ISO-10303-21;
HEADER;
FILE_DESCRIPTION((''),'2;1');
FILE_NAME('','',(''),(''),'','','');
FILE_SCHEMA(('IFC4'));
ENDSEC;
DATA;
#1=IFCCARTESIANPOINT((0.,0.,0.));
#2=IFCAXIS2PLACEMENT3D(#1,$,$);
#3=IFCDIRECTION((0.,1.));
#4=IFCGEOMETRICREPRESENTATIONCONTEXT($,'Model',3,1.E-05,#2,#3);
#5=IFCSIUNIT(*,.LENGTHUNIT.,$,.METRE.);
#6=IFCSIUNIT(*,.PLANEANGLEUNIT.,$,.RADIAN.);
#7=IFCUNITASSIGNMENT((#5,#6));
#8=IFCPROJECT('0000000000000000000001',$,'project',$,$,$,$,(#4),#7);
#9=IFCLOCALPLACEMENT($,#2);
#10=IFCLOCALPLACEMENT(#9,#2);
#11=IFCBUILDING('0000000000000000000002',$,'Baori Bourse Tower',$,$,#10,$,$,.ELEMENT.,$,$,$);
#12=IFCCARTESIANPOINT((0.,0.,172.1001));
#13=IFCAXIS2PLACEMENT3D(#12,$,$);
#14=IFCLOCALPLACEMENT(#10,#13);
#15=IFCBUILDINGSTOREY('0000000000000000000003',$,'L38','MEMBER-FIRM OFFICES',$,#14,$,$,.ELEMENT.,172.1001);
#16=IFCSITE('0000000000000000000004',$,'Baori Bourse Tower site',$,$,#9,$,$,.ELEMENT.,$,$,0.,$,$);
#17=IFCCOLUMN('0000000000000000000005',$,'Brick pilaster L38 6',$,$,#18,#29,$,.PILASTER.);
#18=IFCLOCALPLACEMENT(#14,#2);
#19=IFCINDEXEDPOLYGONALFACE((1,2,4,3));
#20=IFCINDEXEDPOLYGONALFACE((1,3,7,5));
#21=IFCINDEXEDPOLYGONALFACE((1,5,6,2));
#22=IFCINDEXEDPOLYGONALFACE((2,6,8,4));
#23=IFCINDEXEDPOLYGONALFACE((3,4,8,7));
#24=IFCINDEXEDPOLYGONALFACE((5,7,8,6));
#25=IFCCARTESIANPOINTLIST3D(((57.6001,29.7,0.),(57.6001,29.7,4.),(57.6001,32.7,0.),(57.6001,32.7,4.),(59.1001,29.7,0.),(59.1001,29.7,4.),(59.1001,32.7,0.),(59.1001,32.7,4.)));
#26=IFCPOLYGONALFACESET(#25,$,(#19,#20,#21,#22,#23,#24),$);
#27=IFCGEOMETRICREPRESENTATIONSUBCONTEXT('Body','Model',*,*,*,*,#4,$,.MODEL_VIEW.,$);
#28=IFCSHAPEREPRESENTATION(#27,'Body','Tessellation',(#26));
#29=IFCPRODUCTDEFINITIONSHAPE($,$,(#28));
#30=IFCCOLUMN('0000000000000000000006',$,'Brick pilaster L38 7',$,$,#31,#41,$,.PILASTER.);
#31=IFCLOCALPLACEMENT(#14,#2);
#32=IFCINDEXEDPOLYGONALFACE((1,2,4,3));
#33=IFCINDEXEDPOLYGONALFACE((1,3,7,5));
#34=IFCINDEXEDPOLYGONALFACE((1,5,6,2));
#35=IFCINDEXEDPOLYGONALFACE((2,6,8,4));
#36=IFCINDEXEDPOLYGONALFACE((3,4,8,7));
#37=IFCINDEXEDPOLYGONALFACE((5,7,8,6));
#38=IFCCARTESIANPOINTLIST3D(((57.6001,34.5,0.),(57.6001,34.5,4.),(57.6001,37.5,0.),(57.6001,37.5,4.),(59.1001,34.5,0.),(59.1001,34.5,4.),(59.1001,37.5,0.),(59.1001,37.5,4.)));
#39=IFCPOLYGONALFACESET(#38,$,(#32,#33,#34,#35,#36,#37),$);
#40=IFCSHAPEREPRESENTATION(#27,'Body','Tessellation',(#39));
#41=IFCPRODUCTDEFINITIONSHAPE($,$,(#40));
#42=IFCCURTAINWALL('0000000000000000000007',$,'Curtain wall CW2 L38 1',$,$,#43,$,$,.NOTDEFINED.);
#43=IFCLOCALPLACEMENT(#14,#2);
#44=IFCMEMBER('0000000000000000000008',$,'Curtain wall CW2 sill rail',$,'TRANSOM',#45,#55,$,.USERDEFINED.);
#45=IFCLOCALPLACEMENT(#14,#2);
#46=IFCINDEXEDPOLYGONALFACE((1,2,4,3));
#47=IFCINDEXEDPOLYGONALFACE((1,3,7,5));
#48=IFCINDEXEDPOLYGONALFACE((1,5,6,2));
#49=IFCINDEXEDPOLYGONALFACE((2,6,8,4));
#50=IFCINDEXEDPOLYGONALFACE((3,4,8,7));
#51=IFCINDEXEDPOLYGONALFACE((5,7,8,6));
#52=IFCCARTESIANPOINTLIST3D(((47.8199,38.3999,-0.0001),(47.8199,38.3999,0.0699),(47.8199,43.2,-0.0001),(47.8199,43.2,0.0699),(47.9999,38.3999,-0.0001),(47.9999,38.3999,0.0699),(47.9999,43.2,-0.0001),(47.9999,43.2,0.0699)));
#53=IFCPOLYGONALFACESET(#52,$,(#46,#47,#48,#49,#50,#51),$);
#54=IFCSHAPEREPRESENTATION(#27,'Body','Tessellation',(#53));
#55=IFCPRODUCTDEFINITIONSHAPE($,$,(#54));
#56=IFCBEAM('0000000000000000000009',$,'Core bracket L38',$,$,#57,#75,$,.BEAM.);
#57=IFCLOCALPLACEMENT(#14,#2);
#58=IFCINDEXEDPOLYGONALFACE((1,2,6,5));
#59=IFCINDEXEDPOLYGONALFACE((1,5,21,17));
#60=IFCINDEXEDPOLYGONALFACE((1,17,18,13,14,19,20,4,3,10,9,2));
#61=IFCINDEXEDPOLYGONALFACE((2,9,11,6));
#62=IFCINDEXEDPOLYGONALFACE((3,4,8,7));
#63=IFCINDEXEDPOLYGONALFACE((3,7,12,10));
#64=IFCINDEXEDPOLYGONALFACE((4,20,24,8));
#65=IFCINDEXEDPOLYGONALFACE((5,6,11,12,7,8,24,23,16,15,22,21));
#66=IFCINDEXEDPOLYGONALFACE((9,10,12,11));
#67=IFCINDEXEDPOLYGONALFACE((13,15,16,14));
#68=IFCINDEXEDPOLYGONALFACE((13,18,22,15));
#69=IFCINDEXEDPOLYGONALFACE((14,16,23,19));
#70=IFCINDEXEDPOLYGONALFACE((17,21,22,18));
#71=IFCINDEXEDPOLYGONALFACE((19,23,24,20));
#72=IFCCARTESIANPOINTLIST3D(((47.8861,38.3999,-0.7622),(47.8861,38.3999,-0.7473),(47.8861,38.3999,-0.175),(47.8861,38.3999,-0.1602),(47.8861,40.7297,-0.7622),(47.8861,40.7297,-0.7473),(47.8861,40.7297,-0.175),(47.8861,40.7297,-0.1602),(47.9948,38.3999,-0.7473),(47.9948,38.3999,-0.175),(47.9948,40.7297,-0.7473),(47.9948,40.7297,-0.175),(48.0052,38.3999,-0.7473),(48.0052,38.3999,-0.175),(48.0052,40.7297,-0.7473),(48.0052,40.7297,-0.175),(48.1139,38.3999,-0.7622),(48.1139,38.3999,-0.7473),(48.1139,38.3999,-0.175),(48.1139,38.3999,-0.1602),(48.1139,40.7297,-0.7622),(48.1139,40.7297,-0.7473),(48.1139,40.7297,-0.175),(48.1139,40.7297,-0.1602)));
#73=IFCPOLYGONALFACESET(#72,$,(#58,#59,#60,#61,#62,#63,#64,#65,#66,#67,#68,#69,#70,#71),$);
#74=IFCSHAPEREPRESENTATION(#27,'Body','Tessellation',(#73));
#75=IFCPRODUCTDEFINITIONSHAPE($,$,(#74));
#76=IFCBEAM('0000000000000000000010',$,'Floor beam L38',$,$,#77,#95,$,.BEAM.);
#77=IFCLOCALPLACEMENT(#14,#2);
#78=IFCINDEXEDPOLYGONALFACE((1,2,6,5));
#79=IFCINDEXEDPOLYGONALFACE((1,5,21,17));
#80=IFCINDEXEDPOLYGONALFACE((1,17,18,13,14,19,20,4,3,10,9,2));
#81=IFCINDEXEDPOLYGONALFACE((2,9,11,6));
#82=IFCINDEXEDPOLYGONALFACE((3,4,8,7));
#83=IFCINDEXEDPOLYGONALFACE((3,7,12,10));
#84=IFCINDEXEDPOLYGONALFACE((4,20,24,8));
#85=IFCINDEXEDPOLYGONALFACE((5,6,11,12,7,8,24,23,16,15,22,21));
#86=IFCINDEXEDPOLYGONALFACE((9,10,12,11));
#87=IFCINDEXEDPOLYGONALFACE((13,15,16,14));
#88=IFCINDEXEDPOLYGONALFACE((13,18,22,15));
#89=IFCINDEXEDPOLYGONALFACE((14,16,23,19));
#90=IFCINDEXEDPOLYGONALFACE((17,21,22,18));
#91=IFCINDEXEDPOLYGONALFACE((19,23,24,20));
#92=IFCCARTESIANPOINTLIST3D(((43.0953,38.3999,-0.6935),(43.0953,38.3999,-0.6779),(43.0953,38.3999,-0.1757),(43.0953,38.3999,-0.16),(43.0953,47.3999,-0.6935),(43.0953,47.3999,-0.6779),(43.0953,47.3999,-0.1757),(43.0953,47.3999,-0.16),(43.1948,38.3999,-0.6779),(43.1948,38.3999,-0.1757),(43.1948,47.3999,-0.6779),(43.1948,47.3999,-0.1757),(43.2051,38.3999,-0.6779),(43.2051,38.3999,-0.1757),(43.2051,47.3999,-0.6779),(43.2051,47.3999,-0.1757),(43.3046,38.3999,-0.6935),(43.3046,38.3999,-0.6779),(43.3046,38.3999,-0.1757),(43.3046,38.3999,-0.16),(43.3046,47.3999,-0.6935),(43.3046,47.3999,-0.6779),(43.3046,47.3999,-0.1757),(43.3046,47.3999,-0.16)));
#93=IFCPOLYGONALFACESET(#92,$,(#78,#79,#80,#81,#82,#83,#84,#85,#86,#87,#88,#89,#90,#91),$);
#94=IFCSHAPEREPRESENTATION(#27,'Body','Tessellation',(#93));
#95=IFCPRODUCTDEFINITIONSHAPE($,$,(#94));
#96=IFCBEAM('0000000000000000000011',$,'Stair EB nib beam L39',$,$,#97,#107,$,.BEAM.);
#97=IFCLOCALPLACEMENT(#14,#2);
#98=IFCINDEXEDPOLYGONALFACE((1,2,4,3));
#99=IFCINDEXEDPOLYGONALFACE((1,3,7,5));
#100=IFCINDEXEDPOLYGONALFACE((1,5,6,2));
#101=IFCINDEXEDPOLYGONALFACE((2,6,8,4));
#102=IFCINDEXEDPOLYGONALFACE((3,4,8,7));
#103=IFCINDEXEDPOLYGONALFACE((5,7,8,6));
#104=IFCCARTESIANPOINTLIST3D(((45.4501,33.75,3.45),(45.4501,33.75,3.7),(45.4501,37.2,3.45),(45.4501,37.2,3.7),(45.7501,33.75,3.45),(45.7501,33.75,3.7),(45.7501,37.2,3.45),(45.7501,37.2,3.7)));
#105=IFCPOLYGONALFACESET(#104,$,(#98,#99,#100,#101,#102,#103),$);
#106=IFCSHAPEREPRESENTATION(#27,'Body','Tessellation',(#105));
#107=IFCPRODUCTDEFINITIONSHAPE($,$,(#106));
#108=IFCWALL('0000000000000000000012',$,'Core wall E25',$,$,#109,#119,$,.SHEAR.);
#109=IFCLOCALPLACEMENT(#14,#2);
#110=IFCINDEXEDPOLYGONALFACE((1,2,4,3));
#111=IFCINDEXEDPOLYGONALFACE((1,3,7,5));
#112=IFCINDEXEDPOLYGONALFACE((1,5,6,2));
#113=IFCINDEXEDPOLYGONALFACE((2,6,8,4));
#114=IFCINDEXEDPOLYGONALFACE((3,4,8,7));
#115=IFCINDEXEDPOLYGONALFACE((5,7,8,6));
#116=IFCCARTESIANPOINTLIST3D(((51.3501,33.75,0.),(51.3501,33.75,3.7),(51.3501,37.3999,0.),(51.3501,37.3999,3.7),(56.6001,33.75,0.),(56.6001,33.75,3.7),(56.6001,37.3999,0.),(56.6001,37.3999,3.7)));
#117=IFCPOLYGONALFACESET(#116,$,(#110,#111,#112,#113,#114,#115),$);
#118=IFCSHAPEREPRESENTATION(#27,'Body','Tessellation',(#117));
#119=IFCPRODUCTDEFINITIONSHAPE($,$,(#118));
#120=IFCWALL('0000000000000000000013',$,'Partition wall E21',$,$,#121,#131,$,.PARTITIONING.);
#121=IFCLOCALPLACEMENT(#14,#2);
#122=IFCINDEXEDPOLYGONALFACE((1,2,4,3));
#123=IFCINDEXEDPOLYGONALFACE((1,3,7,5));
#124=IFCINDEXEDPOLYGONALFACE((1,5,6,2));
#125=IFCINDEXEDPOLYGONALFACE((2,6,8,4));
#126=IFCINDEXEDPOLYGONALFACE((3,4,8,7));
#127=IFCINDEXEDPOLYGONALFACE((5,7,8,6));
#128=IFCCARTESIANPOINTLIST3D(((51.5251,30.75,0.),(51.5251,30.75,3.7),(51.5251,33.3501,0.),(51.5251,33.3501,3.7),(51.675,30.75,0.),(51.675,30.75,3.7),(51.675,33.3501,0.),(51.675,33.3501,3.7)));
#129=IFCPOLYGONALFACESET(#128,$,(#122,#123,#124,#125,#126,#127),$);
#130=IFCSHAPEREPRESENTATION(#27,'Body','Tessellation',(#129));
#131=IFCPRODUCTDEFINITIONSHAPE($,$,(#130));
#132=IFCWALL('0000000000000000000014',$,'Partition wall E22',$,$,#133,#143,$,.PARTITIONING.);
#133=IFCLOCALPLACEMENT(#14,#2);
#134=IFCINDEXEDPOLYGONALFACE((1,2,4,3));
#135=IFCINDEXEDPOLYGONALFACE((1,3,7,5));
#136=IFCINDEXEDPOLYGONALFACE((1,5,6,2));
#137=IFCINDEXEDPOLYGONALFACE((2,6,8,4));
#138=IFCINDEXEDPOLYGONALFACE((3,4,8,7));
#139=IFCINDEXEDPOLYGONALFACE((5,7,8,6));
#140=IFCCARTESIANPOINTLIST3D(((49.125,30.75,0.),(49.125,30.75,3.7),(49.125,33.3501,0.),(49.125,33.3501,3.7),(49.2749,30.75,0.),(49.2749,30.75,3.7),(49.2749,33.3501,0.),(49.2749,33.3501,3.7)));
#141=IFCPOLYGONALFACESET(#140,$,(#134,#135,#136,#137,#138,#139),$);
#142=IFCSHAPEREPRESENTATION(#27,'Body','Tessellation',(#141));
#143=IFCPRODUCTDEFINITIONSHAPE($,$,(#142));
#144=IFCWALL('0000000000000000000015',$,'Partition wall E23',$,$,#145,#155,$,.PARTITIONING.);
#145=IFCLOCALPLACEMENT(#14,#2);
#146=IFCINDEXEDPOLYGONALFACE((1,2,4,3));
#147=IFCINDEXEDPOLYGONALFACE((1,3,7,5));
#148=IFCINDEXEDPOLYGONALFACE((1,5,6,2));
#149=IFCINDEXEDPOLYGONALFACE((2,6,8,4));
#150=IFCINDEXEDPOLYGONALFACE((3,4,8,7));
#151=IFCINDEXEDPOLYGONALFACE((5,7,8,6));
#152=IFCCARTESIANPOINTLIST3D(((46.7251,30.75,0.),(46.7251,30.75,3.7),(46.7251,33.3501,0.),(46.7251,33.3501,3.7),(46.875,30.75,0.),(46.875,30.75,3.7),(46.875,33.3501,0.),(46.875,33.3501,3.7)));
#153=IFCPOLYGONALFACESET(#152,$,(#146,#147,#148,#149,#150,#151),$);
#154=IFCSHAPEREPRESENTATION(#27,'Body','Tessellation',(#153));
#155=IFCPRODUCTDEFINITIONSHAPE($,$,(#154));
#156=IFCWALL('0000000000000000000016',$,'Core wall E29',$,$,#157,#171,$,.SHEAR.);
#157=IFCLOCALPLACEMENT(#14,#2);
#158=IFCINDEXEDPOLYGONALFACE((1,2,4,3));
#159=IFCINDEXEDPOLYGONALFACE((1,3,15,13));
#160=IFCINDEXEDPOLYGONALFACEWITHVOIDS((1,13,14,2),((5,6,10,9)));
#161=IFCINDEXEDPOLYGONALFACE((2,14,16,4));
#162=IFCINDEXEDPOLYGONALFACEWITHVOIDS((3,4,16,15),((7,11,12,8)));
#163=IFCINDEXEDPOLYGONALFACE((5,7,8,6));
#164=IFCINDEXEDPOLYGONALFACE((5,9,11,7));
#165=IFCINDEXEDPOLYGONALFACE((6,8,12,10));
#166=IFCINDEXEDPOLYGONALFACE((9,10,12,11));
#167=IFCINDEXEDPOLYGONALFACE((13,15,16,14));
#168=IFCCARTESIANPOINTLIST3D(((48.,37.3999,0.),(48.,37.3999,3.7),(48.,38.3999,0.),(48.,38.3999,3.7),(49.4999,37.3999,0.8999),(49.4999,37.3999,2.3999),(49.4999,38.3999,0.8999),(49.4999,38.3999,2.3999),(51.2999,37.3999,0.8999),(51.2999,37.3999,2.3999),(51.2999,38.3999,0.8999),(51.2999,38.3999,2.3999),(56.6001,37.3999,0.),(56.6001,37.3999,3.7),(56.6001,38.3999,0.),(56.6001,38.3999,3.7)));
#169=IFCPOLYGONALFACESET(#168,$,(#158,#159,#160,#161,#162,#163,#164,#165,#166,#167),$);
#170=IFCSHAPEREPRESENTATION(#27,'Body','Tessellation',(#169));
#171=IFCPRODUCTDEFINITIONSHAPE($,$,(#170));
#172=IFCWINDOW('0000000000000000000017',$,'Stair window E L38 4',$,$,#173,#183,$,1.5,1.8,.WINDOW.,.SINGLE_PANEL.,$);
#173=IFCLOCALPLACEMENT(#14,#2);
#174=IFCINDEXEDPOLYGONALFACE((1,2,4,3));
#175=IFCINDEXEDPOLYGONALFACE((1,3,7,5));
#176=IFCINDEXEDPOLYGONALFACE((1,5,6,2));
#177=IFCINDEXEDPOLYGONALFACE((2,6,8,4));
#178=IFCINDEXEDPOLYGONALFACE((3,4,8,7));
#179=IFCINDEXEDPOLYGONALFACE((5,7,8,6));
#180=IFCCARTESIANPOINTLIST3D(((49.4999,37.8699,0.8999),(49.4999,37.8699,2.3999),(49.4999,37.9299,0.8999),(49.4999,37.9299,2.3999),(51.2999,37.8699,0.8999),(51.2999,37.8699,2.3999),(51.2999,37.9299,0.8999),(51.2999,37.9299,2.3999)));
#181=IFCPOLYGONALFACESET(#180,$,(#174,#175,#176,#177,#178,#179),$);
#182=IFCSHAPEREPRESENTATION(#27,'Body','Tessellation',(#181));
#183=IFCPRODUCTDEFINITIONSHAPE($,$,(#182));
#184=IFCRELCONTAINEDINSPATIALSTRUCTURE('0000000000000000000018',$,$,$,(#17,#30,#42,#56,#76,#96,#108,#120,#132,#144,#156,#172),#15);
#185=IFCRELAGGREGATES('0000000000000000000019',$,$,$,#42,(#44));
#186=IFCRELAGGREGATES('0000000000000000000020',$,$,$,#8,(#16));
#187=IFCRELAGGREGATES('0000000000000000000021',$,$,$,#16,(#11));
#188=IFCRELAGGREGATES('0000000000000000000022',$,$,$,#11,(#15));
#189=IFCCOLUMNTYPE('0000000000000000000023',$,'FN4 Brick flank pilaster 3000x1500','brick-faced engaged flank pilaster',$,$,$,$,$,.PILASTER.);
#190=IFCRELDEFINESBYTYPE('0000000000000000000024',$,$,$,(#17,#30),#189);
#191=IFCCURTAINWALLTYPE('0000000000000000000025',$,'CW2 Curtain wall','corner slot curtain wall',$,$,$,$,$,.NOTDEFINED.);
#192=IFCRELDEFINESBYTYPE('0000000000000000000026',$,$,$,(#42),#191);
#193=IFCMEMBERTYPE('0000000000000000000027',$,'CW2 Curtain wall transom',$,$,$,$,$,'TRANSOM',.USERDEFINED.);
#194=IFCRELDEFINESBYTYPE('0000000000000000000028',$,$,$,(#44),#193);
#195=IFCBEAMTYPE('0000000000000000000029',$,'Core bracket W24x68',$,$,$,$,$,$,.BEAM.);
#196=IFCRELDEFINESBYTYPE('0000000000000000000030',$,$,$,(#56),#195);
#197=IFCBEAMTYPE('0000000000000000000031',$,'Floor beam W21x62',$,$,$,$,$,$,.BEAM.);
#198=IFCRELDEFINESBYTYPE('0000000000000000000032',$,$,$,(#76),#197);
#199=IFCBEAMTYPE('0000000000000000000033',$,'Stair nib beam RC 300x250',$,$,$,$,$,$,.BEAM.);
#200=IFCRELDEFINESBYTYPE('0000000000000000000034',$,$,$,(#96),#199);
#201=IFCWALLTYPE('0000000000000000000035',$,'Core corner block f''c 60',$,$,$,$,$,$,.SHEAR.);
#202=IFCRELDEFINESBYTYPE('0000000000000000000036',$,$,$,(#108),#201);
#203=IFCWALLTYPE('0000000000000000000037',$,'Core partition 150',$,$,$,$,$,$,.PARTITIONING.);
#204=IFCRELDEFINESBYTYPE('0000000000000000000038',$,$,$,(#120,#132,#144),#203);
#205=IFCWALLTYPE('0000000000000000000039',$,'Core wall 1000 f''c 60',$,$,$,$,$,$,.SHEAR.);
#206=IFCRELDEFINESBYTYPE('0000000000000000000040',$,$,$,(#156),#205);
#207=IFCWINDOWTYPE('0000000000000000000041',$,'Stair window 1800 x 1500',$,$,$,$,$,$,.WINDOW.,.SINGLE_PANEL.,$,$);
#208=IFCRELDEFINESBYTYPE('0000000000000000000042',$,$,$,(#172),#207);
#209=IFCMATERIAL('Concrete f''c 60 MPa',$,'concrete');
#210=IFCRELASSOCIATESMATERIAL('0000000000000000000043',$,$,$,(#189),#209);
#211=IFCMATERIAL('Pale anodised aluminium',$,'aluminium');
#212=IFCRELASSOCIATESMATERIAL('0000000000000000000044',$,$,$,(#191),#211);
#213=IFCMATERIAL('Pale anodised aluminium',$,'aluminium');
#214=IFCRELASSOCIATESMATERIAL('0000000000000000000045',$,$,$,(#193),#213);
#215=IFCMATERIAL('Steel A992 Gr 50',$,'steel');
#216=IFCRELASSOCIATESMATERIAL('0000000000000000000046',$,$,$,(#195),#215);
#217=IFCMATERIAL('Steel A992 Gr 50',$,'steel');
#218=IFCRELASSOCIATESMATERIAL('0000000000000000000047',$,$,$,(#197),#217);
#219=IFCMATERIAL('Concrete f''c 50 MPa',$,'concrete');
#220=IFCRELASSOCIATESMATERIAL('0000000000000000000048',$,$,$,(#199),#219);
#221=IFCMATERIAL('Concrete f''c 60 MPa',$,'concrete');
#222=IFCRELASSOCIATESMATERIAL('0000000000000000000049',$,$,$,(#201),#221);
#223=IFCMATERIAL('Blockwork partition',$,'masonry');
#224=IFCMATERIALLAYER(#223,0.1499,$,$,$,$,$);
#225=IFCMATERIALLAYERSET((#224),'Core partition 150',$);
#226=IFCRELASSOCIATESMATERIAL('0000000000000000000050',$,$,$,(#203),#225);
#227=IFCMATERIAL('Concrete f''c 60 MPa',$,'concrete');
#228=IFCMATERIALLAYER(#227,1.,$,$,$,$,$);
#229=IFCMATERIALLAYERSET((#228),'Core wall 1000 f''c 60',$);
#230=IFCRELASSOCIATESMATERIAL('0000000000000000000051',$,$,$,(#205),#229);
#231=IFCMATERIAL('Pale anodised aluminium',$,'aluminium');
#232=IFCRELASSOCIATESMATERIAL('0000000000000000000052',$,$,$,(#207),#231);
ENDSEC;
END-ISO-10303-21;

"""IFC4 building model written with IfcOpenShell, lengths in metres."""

from ifc_helpers import new_model, si_unit, direction, frame, frame_2d, origin, origin_2d, place, context, subcontext, project, spatial, rectangle, i_section, extrude, material, layer, layer_set, material_profile, profile_set, type_object, element, fill, aggregate, save


model = new_model("IFC4")

# Units and contexts
model_context = context("Model", 3, precision=1e-05, world=origin(), true_north=direction((0.0, 1.0)))
body_context = subcontext(model_context, "Body", "Model", "MODEL_VIEW")
ifc_project = project(units=[si_unit("LENGTHUNIT", "METRE"), si_unit("PLANEANGLEUNIT", "RADIAN")], contexts=[model_context])

# Site, building, storey
site_placement = place(None, origin())
site = spatial("IfcSite", under=ifc_project, at=site_placement, Name="Baori Bourse Tower site", CompositionType="ELEMENT", RefElevation=0.0)
building_placement = place(site_placement, origin())
building = spatial("IfcBuilding", under=site, at=building_placement, Name="Baori Bourse Tower", CompositionType="ELEMENT")
storey_placement = place(building_placement, frame((0.0, 0.0, 172.1001)))
storey = spatial("IfcBuildingStorey", under=building, at=storey_placement, Name="L38", Description="MEMBER-FIRM OFFICES", CompositionType="ELEMENT", Elevation=172.1001)

# Columns
ifc_material_1 = material(Name="Concrete f'c 60 MPa", Category="concrete")
ifc_material_profile_1 = material_profile(ifc_material_1, rectangle(XDim=3.0, YDim=1.5, at=origin_2d()), Name="RC 3000x1500")
ifc_profile_set_1 = profile_set([ifc_material_profile_1], Name="Concrete f'c 60 MPa")
column_type = type_object("IfcColumnType", Name="FN4 Brick flank pilaster 3000x1500", Description="brick-faced engaged flank pilaster", PredefinedType="PILASTER", material=ifc_profile_set_1)
for number, where, z_axis, x_axis, name in (
    (1, (58.3501, 31.2, 0.0), (0.0, 0.0, 1.0), (0.0, 1.0, 0.0), "Brick pilaster L38 6"),
    (2, (58.3501, 36.0, 0.0), (0.0, 0.0, 1.0), (0.0, 1.0, 0.0), "Brick pilaster L38 7"),
):
    element("IfcColumn", number, at=place(storey_placement, frame(where, z_axis=z_axis, x_axis=x_axis)), inside=storey, type_object=column_type, Name=name, PredefinedType="PILASTER", context=body_context, shape_type="SweptSolid", body=[
        extrude(rectangle(XDim=3.0, YDim=1.5, at=origin_2d()), origin(), (0.0, 0.0, 1.0), 4.0),
    ])

# Curtain wall, member
ifc_material_2 = material(Name="Pale anodised aluminium", Category="aluminium")
curtain_wall_type = type_object("IfcCurtainWallType", Name="CW2 Curtain wall", Description="corner slot curtain wall", PredefinedType="NOTDEFINED", material=ifc_material_2)
curtain_wall_placement = place(storey_placement, origin())
curtain_wall = element("IfcCurtainWall", 3, at=curtain_wall_placement, inside=storey, type_object=curtain_wall_type, Name="Curtain wall CW2 L38 1", PredefinedType="NOTDEFINED")
ifc_material_3 = material(Name="Pale anodised aluminium", Category="aluminium")
ifc_material_profile_2 = material_profile(ifc_material_3, rectangle(XDim=0.1799, YDim=0.0701, at=origin_2d()), Name="Transom 70x180")
ifc_profile_set_2 = profile_set([ifc_material_profile_2], Name="Pale anodised aluminium")
member_type = type_object("IfcMemberType", Name="CW2 Curtain wall transom", ElementType="TRANSOM", PredefinedType="USERDEFINED", material=ifc_profile_set_2)
member_placement = place(storey_placement, frame((47.9099, 38.3999, 0.0349), z_axis=(0.0, 1.0, 0.0), x_axis=(-1.0, 0.0, 0.0)))
member = element("IfcMember", 4, at=member_placement, type_object=member_type, Name="Curtain wall CW2 sill rail", ObjectType="TRANSOM", PredefinedType="USERDEFINED", context=body_context, shape_type="SweptSolid", body=[
    extrude(rectangle(XDim=0.1799, YDim=0.0701, at=origin_2d()), origin(), (0.0, 0.0, 1.0), 4.8),
])
aggregate(curtain_wall, [member])

# Beams
ifc_material_4 = material(Name="Steel A992 Gr 50", Category="steel")
ifc_material_profile_3 = material_profile(ifc_material_4, i_section(OverallWidth=0.2278, OverallDepth=0.6021, WebThickness=0.0105, FlangeThickness=0.0149, at=origin_2d()), Name="W24x68")
ifc_profile_set_3 = profile_set([ifc_material_profile_3], Name="Steel A992 Gr 50")
beam_type_1 = type_object("IfcBeamType", Name="Core bracket W24x68", PredefinedType="BEAM", material=ifc_profile_set_3)
beam_1_placement = place(storey_placement, frame((48.0, 38.3999, -0.4612), z_axis=(0.0, 1.0, 0.0), x_axis=(-1.0, 0.0, 0.0)))
element("IfcBeam", 5, at=beam_1_placement, inside=storey, type_object=beam_type_1, Name="Core bracket L38", PredefinedType="BEAM", context=body_context, shape_type="SweptSolid", body=[
    extrude(i_section(OverallWidth=0.2278, OverallDepth=0.6021, WebThickness=0.0105, FlangeThickness=0.0149, at=origin_2d()), origin(), (0.0, 0.0, 1.0), 2.3298),
])
ifc_material_5 = material(Name="Steel A992 Gr 50", Category="steel")
ifc_material_profile_4 = material_profile(ifc_material_5, i_section(OverallWidth=0.2092, OverallDepth=0.5334, WebThickness=0.0103, FlangeThickness=0.0156, at=origin_2d()), Name="W21x62")
ifc_profile_set_4 = profile_set([ifc_material_profile_4], Name="Steel A992 Gr 50")
beam_type_2 = type_object("IfcBeamType", Name="Floor beam W21x62", PredefinedType="BEAM", material=ifc_profile_set_4)
beam_2_placement = place(storey_placement, frame((43.2, 38.3999, -0.4268), z_axis=(0.0, 1.0, 0.0), x_axis=(-1.0, 0.0, 0.0)))
element("IfcBeam", 6, at=beam_2_placement, inside=storey, type_object=beam_type_2, Name="Floor beam L38", PredefinedType="BEAM", context=body_context, shape_type="SweptSolid", body=[
    extrude(i_section(OverallWidth=0.2092, OverallDepth=0.5334, WebThickness=0.0103, FlangeThickness=0.0156, at=origin_2d()), origin(), (0.0, 0.0, 1.0), 9.0),
])
ifc_material_6 = material(Name="Concrete f'c 50 MPa", Category="concrete")
ifc_material_profile_5 = material_profile(ifc_material_6, rectangle(XDim=0.3, YDim=0.25, at=origin_2d()), Name="RC 300x250")
ifc_profile_set_5 = profile_set([ifc_material_profile_5], Name="Concrete f'c 50 MPa")
beam_type_3 = type_object("IfcBeamType", Name="Stair nib beam RC 300x250", PredefinedType="BEAM", material=ifc_profile_set_5)
beam_3_placement = place(storey_placement, frame((45.6001, 33.75, 3.575), z_axis=(0.0, 1.0, 0.0), x_axis=(-1.0, 0.0, 0.0)))
element("IfcBeam", 7, at=beam_3_placement, inside=storey, type_object=beam_type_3, Name="Stair EB nib beam L39", PredefinedType="BEAM", context=body_context, shape_type="SweptSolid", body=[
    extrude(rectangle(XDim=0.3, YDim=0.25, at=origin_2d()), origin(), (0.0, 0.0, 1.0), 3.45),
])

# Walls
ifc_material_7 = material(Name="Concrete f'c 60 MPa", Category="concrete")
wall_type_1 = type_object("IfcWallType", Name="Core corner block f'c 60", PredefinedType="SHEAR", material=ifc_material_7)
wall_1_placement = place(storey_placement, frame((51.3501, 35.575, 0.0), z_axis=(0.0, 0.0, 1.0), x_axis=(1.0, 0.0, 0.0)))
element("IfcWall", 8, at=wall_1_placement, inside=storey, type_object=wall_type_1, Name="Core wall E25", PredefinedType="SHEAR", context=body_context, shape_type="SweptSolid", body=[
    extrude(rectangle(XDim=5.25, YDim=3.6499, at=frame_2d((2.625, 0.0))), origin(), (0.0, 0.0, 1.0), 3.7),
])
ifc_material_8 = material(Name="Blockwork partition", Category="masonry")
ifc_layer_1 = layer(ifc_material_8, 0.1499)
ifc_layer_set_1 = layer_set([ifc_layer_1], Name="Core partition 150")
wall_type_2 = type_object("IfcWallType", Name="Core partition 150", PredefinedType="PARTITIONING", material=ifc_layer_set_1)
for number, where, z_axis, x_axis, name in (
    (9, (51.6001, 30.75, 0.0), (0.0, 0.0, 1.0), (0.0, 1.0, 0.0), "Partition wall E21"),
    (10, (49.2, 30.75, 0.0), (0.0, 0.0, 1.0), (0.0, 1.0, 0.0), "Partition wall E22"),
    (11, (46.8, 30.75, 0.0), (0.0, 0.0, 1.0), (0.0, 1.0, 0.0), "Partition wall E23"),
):
    element("IfcWall", number, at=place(storey_placement, frame(where, z_axis=z_axis, x_axis=x_axis)), inside=storey, type_object=wall_type_2, Name=name, PredefinedType="PARTITIONING", context=body_context, shape_type="SweptSolid", body=[
        extrude(rectangle(XDim=2.6001, YDim=0.1499, at=frame_2d((1.3, 0.0))), origin(), (0.0, 0.0, 1.0), 3.7),
    ])

# Wall, opening, window
ifc_material_9 = material(Name="Concrete f'c 60 MPa", Category="concrete")
ifc_layer_2 = layer(ifc_material_9, 1.0)
ifc_layer_set_2 = layer_set([ifc_layer_2], Name="Core wall 1000 f'c 60")
wall_type_3 = type_object("IfcWallType", Name="Core wall 1000 f'c 60", PredefinedType="SHEAR", material=ifc_layer_set_2)
wall_2_placement = place(storey_placement, frame((48.0, 37.8999, 0.0), z_axis=(0.0, 0.0, 1.0), x_axis=(1.0, 0.0, 0.0)))
wall_2 = element("IfcWall", 12, at=wall_2_placement, inside=storey, type_object=wall_type_3, Name="Core wall E29", PredefinedType="SHEAR", context=body_context, shape_type="SweptSolid", body=[
    extrude(rectangle(XDim=8.6001, YDim=1.0, at=frame_2d((4.3, 0.0))), origin(), (0.0, 0.0, 1.0), 3.7),
])
opening_1_placement = place(wall_2_placement, frame((1.5, 0.0, 0.8999)))
opening_1 = element("IfcOpeningElement", 13, at=opening_1_placement, cuts=wall_2, PredefinedType="OPENING", context=body_context, shape_type="SweptSolid", body=[
    extrude(rectangle(XDim=1.8, YDim=1.5, at=frame_2d((0.8999, 0.75))), frame((0.0, 0.51, 0.0), z_axis=(0.0, -1.0, 0.0), x_axis=(1.0, 0.0, 0.0)), (0.0, 0.0, 1.0), 1.02),
])
ifc_material_10 = material(Name="Pale anodised aluminium", Category="aluminium")
window_type = type_object("IfcWindowType", Name="Stair window 1800 x 1500", PartitioningType="SINGLE_PANEL", PredefinedType="WINDOW", material=ifc_material_10)
window_placement = place(opening_1_placement, origin())
window = element("IfcWindow", 14, at=window_placement, inside=storey, type_object=window_type, Name="Stair window E L38 4", OverallHeight=1.5, OverallWidth=1.8, PartitioningType="SINGLE_PANEL", PredefinedType="WINDOW", context=body_context, shape_type="SweptSolid", body=[
    extrude(rectangle(XDim=1.8, YDim=1.5, at=frame_2d((0.8999, 0.75))), frame((0.0, 0.03, 0.0), z_axis=(0.0, -1.0, 0.0), x_axis=(1.0, 0.0, 0.0)), (0.0, 0.0, 1.0), 0.0601),
])
fill(opening_1, window)

save(model, "model.ifc")
